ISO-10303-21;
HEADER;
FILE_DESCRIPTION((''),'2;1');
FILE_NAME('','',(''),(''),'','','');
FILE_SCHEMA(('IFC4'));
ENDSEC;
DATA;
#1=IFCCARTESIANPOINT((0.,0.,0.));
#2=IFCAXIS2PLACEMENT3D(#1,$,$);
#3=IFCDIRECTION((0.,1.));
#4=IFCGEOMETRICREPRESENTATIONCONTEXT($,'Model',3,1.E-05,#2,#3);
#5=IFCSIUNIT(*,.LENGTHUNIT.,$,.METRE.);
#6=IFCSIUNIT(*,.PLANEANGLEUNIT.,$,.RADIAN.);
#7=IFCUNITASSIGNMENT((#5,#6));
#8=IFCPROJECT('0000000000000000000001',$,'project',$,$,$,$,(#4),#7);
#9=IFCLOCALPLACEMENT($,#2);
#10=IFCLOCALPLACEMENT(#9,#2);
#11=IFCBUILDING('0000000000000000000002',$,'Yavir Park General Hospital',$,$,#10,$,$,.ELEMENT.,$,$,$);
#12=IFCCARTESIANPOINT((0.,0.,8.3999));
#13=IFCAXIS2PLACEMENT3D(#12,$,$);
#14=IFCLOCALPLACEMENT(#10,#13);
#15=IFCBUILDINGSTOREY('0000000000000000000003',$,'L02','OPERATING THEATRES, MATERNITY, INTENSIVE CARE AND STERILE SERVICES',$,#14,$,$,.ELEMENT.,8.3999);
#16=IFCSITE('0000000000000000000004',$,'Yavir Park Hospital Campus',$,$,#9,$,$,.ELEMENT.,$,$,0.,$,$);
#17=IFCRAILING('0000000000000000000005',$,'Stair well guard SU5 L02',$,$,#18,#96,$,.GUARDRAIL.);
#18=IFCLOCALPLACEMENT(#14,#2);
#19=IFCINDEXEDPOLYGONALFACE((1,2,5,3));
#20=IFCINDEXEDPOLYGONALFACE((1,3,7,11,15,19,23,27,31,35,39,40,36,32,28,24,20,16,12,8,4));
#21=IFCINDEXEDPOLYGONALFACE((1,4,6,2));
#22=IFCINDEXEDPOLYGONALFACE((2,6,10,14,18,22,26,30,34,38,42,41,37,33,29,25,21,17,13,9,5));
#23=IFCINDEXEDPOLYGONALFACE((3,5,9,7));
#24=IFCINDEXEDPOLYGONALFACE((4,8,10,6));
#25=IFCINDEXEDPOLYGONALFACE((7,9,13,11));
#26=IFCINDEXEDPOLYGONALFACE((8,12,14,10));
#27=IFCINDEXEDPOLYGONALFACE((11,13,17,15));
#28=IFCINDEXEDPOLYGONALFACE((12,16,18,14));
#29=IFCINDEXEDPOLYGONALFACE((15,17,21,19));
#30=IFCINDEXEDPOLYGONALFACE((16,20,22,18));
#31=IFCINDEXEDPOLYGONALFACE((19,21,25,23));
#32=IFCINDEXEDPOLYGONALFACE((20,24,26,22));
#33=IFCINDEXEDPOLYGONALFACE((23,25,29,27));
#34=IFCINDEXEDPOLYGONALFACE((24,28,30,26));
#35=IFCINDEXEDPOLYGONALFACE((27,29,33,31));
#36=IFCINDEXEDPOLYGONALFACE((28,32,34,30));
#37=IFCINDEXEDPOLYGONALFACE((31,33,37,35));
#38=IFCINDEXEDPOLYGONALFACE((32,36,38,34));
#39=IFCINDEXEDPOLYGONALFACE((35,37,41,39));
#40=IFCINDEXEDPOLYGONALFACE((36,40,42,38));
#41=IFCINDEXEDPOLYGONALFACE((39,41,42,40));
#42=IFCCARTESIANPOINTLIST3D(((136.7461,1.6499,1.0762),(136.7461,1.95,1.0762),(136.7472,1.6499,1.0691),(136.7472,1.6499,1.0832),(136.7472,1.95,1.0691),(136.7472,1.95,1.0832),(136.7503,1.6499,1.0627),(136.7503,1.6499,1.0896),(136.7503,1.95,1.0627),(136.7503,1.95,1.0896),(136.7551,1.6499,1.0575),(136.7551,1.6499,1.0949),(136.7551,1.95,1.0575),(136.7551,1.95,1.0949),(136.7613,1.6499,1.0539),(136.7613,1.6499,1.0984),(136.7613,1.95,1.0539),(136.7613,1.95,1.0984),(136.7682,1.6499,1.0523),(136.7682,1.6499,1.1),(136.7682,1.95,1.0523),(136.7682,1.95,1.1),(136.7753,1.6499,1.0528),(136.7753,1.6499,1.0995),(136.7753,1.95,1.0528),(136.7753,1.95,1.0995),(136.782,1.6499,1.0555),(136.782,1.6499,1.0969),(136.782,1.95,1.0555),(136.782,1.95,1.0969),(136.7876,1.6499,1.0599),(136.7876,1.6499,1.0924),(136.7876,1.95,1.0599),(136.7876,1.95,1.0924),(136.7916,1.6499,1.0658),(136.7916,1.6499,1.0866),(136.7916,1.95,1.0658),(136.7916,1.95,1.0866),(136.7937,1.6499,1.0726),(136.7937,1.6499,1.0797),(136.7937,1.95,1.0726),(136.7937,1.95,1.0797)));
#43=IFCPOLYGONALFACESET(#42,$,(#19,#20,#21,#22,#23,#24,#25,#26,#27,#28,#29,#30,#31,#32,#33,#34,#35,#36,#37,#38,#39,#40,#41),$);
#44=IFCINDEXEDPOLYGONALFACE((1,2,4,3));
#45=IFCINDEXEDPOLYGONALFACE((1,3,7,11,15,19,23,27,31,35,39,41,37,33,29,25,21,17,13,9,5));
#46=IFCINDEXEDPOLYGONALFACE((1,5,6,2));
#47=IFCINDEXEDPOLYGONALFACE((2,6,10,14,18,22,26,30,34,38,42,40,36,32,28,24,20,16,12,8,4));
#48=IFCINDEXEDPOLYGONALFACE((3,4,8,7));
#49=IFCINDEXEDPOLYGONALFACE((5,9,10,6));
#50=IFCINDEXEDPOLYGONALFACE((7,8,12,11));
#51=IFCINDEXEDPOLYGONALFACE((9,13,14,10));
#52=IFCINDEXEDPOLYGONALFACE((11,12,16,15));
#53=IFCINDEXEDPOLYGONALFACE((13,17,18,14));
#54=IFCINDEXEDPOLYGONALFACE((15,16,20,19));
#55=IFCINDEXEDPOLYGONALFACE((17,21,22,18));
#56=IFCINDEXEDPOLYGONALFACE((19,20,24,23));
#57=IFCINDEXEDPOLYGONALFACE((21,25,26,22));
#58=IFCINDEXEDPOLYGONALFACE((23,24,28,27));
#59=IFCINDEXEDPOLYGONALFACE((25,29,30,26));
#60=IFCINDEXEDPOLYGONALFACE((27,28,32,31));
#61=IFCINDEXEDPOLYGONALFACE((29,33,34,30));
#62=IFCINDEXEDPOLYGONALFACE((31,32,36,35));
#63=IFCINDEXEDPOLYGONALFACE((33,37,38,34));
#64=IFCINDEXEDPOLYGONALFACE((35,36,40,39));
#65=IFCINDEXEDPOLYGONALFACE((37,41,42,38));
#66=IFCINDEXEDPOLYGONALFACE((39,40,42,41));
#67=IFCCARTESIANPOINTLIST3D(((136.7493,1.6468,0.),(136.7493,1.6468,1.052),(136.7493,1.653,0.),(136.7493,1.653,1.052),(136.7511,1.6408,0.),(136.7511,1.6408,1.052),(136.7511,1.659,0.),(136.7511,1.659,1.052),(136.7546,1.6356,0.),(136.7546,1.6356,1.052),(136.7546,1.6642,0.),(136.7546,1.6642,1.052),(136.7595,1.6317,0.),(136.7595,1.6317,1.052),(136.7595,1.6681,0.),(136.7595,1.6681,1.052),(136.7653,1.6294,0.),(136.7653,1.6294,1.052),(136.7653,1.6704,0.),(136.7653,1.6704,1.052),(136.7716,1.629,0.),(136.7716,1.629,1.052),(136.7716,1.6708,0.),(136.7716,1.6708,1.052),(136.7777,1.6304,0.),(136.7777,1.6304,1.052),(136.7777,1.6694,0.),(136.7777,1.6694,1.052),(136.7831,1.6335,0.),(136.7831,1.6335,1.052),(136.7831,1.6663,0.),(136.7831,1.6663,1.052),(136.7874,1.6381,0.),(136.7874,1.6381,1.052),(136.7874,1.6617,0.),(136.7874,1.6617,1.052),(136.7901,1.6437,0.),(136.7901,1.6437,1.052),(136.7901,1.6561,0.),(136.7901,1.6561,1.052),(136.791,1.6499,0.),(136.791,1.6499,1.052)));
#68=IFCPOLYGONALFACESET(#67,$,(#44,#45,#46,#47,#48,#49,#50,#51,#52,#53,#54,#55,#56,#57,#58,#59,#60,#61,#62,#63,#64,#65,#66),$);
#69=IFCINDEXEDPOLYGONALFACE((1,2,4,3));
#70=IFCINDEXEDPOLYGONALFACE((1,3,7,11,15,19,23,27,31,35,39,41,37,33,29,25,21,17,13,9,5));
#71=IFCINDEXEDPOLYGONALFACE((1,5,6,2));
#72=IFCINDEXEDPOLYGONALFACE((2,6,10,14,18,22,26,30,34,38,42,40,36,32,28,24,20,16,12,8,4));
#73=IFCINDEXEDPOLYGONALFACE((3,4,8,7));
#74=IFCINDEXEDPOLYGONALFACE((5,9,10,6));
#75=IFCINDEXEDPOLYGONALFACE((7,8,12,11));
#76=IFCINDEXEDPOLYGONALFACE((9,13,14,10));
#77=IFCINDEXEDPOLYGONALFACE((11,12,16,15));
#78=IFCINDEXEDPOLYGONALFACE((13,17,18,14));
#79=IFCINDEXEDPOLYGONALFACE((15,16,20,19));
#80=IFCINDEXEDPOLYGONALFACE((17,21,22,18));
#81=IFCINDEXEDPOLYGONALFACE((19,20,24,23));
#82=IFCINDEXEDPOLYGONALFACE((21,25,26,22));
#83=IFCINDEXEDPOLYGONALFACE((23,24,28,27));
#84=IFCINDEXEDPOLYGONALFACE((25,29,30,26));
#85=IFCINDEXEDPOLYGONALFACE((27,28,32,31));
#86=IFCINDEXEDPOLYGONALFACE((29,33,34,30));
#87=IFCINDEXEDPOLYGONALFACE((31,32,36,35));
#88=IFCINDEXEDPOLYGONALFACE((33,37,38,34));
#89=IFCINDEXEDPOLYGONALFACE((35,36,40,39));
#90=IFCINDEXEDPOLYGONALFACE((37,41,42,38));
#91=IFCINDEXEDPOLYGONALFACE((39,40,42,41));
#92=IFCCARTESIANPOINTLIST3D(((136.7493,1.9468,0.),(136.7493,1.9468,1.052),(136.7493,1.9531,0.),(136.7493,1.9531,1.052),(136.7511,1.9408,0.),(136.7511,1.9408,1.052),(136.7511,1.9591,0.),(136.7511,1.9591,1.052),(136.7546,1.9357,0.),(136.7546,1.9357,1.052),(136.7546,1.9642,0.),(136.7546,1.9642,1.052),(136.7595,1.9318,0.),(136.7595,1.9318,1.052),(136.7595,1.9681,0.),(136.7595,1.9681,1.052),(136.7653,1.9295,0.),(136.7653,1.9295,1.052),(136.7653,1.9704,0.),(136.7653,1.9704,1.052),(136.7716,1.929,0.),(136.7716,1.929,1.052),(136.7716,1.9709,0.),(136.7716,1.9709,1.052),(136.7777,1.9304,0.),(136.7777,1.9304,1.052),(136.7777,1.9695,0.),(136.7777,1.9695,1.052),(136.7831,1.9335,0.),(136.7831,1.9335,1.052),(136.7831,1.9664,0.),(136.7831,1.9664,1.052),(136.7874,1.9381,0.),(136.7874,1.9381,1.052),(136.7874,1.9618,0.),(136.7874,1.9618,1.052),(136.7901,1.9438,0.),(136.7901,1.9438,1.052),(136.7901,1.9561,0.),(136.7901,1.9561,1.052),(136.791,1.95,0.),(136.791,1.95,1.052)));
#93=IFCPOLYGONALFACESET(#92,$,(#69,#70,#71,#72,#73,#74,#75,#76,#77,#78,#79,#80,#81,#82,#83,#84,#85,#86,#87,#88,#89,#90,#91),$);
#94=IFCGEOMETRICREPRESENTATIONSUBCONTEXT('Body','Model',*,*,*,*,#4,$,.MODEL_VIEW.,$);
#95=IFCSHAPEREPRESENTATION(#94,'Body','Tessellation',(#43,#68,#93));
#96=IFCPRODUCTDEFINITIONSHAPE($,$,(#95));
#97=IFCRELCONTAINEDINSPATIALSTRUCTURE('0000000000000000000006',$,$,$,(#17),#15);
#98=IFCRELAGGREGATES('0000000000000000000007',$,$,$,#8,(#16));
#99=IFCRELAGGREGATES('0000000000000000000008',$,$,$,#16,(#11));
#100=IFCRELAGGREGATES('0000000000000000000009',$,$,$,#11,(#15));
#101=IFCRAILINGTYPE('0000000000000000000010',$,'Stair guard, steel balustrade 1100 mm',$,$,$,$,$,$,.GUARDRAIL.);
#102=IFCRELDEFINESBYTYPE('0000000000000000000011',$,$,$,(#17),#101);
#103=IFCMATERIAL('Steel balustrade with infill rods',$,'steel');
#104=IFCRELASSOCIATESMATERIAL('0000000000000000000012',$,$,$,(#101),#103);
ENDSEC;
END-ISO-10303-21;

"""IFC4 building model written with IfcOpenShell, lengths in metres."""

from ifc_helpers import new_model, si_unit, direction, frame, origin, origin_2d, place, context, subcontext, project, spatial, circle, extrude, material, type_object, element, save


model = new_model("IFC4")

# Units and contexts
model_context = context("Model", 3, precision=1e-05, world=origin(), true_north=direction((0.0, 1.0)))
body_context = subcontext(model_context, "Body", "Model", "MODEL_VIEW")
ifc_project = project(units=[si_unit("LENGTHUNIT", "METRE"), si_unit("PLANEANGLEUNIT", "RADIAN")], contexts=[model_context])

# Site, building, storey
site_placement = place(None, origin())
site = spatial("IfcSite", under=ifc_project, at=site_placement, Name="Yavir Park Hospital Campus", CompositionType="ELEMENT", RefElevation=0.0)
building_placement = place(site_placement, origin())
building = spatial("IfcBuilding", under=site, at=building_placement, Name="Yavir Park General Hospital", CompositionType="ELEMENT")
storey_placement = place(building_placement, frame((0.0, 0.0, 8.3999)))
storey = spatial("IfcBuildingStorey", under=building, at=storey_placement, Name="L02", Description="OPERATING THEATRES, MATERNITY, INTENSIVE CARE AND STERILE SERVICES", CompositionType="ELEMENT", Elevation=8.3999)

# Railing
ifc_material_1 = material(Name="Steel balustrade with infill rods", Category="steel")
railing_type_1 = type_object("IfcRailingType", Name="Stair guard, steel balustrade 1100 mm", PredefinedType="GUARDRAIL", material=ifc_material_1)
railing_placement = place(storey_placement, frame((136.77, 1.6499, 0.0)))
element("IfcRailing", 1, at=railing_placement, inside=storey, type_object=railing_type_1, Name="Stair well guard SU5 L02", PredefinedType="GUARDRAIL", context=body_context, shape_type="SweptSolid", body=[
    extrude(circle(Radius=0.0239, at=origin_2d()), frame((0.0, 0.0, 1.0762), z_axis=(0.0, 1.0, 0.0), x_axis=(-1.0, 0.0, 0.0)), (0.0, 0.0, 1.0), 0.3),
    extrude(circle(Radius=0.021, at=origin_2d()), origin(), (0.0, 0.0, 1.0), 1.052),
    extrude(circle(Radius=0.021, at=origin_2d()), frame((0.0, 0.3, 0.0)), (0.0, 0.0, 1.0), 1.052),
])

save(model, "model.ifc")
